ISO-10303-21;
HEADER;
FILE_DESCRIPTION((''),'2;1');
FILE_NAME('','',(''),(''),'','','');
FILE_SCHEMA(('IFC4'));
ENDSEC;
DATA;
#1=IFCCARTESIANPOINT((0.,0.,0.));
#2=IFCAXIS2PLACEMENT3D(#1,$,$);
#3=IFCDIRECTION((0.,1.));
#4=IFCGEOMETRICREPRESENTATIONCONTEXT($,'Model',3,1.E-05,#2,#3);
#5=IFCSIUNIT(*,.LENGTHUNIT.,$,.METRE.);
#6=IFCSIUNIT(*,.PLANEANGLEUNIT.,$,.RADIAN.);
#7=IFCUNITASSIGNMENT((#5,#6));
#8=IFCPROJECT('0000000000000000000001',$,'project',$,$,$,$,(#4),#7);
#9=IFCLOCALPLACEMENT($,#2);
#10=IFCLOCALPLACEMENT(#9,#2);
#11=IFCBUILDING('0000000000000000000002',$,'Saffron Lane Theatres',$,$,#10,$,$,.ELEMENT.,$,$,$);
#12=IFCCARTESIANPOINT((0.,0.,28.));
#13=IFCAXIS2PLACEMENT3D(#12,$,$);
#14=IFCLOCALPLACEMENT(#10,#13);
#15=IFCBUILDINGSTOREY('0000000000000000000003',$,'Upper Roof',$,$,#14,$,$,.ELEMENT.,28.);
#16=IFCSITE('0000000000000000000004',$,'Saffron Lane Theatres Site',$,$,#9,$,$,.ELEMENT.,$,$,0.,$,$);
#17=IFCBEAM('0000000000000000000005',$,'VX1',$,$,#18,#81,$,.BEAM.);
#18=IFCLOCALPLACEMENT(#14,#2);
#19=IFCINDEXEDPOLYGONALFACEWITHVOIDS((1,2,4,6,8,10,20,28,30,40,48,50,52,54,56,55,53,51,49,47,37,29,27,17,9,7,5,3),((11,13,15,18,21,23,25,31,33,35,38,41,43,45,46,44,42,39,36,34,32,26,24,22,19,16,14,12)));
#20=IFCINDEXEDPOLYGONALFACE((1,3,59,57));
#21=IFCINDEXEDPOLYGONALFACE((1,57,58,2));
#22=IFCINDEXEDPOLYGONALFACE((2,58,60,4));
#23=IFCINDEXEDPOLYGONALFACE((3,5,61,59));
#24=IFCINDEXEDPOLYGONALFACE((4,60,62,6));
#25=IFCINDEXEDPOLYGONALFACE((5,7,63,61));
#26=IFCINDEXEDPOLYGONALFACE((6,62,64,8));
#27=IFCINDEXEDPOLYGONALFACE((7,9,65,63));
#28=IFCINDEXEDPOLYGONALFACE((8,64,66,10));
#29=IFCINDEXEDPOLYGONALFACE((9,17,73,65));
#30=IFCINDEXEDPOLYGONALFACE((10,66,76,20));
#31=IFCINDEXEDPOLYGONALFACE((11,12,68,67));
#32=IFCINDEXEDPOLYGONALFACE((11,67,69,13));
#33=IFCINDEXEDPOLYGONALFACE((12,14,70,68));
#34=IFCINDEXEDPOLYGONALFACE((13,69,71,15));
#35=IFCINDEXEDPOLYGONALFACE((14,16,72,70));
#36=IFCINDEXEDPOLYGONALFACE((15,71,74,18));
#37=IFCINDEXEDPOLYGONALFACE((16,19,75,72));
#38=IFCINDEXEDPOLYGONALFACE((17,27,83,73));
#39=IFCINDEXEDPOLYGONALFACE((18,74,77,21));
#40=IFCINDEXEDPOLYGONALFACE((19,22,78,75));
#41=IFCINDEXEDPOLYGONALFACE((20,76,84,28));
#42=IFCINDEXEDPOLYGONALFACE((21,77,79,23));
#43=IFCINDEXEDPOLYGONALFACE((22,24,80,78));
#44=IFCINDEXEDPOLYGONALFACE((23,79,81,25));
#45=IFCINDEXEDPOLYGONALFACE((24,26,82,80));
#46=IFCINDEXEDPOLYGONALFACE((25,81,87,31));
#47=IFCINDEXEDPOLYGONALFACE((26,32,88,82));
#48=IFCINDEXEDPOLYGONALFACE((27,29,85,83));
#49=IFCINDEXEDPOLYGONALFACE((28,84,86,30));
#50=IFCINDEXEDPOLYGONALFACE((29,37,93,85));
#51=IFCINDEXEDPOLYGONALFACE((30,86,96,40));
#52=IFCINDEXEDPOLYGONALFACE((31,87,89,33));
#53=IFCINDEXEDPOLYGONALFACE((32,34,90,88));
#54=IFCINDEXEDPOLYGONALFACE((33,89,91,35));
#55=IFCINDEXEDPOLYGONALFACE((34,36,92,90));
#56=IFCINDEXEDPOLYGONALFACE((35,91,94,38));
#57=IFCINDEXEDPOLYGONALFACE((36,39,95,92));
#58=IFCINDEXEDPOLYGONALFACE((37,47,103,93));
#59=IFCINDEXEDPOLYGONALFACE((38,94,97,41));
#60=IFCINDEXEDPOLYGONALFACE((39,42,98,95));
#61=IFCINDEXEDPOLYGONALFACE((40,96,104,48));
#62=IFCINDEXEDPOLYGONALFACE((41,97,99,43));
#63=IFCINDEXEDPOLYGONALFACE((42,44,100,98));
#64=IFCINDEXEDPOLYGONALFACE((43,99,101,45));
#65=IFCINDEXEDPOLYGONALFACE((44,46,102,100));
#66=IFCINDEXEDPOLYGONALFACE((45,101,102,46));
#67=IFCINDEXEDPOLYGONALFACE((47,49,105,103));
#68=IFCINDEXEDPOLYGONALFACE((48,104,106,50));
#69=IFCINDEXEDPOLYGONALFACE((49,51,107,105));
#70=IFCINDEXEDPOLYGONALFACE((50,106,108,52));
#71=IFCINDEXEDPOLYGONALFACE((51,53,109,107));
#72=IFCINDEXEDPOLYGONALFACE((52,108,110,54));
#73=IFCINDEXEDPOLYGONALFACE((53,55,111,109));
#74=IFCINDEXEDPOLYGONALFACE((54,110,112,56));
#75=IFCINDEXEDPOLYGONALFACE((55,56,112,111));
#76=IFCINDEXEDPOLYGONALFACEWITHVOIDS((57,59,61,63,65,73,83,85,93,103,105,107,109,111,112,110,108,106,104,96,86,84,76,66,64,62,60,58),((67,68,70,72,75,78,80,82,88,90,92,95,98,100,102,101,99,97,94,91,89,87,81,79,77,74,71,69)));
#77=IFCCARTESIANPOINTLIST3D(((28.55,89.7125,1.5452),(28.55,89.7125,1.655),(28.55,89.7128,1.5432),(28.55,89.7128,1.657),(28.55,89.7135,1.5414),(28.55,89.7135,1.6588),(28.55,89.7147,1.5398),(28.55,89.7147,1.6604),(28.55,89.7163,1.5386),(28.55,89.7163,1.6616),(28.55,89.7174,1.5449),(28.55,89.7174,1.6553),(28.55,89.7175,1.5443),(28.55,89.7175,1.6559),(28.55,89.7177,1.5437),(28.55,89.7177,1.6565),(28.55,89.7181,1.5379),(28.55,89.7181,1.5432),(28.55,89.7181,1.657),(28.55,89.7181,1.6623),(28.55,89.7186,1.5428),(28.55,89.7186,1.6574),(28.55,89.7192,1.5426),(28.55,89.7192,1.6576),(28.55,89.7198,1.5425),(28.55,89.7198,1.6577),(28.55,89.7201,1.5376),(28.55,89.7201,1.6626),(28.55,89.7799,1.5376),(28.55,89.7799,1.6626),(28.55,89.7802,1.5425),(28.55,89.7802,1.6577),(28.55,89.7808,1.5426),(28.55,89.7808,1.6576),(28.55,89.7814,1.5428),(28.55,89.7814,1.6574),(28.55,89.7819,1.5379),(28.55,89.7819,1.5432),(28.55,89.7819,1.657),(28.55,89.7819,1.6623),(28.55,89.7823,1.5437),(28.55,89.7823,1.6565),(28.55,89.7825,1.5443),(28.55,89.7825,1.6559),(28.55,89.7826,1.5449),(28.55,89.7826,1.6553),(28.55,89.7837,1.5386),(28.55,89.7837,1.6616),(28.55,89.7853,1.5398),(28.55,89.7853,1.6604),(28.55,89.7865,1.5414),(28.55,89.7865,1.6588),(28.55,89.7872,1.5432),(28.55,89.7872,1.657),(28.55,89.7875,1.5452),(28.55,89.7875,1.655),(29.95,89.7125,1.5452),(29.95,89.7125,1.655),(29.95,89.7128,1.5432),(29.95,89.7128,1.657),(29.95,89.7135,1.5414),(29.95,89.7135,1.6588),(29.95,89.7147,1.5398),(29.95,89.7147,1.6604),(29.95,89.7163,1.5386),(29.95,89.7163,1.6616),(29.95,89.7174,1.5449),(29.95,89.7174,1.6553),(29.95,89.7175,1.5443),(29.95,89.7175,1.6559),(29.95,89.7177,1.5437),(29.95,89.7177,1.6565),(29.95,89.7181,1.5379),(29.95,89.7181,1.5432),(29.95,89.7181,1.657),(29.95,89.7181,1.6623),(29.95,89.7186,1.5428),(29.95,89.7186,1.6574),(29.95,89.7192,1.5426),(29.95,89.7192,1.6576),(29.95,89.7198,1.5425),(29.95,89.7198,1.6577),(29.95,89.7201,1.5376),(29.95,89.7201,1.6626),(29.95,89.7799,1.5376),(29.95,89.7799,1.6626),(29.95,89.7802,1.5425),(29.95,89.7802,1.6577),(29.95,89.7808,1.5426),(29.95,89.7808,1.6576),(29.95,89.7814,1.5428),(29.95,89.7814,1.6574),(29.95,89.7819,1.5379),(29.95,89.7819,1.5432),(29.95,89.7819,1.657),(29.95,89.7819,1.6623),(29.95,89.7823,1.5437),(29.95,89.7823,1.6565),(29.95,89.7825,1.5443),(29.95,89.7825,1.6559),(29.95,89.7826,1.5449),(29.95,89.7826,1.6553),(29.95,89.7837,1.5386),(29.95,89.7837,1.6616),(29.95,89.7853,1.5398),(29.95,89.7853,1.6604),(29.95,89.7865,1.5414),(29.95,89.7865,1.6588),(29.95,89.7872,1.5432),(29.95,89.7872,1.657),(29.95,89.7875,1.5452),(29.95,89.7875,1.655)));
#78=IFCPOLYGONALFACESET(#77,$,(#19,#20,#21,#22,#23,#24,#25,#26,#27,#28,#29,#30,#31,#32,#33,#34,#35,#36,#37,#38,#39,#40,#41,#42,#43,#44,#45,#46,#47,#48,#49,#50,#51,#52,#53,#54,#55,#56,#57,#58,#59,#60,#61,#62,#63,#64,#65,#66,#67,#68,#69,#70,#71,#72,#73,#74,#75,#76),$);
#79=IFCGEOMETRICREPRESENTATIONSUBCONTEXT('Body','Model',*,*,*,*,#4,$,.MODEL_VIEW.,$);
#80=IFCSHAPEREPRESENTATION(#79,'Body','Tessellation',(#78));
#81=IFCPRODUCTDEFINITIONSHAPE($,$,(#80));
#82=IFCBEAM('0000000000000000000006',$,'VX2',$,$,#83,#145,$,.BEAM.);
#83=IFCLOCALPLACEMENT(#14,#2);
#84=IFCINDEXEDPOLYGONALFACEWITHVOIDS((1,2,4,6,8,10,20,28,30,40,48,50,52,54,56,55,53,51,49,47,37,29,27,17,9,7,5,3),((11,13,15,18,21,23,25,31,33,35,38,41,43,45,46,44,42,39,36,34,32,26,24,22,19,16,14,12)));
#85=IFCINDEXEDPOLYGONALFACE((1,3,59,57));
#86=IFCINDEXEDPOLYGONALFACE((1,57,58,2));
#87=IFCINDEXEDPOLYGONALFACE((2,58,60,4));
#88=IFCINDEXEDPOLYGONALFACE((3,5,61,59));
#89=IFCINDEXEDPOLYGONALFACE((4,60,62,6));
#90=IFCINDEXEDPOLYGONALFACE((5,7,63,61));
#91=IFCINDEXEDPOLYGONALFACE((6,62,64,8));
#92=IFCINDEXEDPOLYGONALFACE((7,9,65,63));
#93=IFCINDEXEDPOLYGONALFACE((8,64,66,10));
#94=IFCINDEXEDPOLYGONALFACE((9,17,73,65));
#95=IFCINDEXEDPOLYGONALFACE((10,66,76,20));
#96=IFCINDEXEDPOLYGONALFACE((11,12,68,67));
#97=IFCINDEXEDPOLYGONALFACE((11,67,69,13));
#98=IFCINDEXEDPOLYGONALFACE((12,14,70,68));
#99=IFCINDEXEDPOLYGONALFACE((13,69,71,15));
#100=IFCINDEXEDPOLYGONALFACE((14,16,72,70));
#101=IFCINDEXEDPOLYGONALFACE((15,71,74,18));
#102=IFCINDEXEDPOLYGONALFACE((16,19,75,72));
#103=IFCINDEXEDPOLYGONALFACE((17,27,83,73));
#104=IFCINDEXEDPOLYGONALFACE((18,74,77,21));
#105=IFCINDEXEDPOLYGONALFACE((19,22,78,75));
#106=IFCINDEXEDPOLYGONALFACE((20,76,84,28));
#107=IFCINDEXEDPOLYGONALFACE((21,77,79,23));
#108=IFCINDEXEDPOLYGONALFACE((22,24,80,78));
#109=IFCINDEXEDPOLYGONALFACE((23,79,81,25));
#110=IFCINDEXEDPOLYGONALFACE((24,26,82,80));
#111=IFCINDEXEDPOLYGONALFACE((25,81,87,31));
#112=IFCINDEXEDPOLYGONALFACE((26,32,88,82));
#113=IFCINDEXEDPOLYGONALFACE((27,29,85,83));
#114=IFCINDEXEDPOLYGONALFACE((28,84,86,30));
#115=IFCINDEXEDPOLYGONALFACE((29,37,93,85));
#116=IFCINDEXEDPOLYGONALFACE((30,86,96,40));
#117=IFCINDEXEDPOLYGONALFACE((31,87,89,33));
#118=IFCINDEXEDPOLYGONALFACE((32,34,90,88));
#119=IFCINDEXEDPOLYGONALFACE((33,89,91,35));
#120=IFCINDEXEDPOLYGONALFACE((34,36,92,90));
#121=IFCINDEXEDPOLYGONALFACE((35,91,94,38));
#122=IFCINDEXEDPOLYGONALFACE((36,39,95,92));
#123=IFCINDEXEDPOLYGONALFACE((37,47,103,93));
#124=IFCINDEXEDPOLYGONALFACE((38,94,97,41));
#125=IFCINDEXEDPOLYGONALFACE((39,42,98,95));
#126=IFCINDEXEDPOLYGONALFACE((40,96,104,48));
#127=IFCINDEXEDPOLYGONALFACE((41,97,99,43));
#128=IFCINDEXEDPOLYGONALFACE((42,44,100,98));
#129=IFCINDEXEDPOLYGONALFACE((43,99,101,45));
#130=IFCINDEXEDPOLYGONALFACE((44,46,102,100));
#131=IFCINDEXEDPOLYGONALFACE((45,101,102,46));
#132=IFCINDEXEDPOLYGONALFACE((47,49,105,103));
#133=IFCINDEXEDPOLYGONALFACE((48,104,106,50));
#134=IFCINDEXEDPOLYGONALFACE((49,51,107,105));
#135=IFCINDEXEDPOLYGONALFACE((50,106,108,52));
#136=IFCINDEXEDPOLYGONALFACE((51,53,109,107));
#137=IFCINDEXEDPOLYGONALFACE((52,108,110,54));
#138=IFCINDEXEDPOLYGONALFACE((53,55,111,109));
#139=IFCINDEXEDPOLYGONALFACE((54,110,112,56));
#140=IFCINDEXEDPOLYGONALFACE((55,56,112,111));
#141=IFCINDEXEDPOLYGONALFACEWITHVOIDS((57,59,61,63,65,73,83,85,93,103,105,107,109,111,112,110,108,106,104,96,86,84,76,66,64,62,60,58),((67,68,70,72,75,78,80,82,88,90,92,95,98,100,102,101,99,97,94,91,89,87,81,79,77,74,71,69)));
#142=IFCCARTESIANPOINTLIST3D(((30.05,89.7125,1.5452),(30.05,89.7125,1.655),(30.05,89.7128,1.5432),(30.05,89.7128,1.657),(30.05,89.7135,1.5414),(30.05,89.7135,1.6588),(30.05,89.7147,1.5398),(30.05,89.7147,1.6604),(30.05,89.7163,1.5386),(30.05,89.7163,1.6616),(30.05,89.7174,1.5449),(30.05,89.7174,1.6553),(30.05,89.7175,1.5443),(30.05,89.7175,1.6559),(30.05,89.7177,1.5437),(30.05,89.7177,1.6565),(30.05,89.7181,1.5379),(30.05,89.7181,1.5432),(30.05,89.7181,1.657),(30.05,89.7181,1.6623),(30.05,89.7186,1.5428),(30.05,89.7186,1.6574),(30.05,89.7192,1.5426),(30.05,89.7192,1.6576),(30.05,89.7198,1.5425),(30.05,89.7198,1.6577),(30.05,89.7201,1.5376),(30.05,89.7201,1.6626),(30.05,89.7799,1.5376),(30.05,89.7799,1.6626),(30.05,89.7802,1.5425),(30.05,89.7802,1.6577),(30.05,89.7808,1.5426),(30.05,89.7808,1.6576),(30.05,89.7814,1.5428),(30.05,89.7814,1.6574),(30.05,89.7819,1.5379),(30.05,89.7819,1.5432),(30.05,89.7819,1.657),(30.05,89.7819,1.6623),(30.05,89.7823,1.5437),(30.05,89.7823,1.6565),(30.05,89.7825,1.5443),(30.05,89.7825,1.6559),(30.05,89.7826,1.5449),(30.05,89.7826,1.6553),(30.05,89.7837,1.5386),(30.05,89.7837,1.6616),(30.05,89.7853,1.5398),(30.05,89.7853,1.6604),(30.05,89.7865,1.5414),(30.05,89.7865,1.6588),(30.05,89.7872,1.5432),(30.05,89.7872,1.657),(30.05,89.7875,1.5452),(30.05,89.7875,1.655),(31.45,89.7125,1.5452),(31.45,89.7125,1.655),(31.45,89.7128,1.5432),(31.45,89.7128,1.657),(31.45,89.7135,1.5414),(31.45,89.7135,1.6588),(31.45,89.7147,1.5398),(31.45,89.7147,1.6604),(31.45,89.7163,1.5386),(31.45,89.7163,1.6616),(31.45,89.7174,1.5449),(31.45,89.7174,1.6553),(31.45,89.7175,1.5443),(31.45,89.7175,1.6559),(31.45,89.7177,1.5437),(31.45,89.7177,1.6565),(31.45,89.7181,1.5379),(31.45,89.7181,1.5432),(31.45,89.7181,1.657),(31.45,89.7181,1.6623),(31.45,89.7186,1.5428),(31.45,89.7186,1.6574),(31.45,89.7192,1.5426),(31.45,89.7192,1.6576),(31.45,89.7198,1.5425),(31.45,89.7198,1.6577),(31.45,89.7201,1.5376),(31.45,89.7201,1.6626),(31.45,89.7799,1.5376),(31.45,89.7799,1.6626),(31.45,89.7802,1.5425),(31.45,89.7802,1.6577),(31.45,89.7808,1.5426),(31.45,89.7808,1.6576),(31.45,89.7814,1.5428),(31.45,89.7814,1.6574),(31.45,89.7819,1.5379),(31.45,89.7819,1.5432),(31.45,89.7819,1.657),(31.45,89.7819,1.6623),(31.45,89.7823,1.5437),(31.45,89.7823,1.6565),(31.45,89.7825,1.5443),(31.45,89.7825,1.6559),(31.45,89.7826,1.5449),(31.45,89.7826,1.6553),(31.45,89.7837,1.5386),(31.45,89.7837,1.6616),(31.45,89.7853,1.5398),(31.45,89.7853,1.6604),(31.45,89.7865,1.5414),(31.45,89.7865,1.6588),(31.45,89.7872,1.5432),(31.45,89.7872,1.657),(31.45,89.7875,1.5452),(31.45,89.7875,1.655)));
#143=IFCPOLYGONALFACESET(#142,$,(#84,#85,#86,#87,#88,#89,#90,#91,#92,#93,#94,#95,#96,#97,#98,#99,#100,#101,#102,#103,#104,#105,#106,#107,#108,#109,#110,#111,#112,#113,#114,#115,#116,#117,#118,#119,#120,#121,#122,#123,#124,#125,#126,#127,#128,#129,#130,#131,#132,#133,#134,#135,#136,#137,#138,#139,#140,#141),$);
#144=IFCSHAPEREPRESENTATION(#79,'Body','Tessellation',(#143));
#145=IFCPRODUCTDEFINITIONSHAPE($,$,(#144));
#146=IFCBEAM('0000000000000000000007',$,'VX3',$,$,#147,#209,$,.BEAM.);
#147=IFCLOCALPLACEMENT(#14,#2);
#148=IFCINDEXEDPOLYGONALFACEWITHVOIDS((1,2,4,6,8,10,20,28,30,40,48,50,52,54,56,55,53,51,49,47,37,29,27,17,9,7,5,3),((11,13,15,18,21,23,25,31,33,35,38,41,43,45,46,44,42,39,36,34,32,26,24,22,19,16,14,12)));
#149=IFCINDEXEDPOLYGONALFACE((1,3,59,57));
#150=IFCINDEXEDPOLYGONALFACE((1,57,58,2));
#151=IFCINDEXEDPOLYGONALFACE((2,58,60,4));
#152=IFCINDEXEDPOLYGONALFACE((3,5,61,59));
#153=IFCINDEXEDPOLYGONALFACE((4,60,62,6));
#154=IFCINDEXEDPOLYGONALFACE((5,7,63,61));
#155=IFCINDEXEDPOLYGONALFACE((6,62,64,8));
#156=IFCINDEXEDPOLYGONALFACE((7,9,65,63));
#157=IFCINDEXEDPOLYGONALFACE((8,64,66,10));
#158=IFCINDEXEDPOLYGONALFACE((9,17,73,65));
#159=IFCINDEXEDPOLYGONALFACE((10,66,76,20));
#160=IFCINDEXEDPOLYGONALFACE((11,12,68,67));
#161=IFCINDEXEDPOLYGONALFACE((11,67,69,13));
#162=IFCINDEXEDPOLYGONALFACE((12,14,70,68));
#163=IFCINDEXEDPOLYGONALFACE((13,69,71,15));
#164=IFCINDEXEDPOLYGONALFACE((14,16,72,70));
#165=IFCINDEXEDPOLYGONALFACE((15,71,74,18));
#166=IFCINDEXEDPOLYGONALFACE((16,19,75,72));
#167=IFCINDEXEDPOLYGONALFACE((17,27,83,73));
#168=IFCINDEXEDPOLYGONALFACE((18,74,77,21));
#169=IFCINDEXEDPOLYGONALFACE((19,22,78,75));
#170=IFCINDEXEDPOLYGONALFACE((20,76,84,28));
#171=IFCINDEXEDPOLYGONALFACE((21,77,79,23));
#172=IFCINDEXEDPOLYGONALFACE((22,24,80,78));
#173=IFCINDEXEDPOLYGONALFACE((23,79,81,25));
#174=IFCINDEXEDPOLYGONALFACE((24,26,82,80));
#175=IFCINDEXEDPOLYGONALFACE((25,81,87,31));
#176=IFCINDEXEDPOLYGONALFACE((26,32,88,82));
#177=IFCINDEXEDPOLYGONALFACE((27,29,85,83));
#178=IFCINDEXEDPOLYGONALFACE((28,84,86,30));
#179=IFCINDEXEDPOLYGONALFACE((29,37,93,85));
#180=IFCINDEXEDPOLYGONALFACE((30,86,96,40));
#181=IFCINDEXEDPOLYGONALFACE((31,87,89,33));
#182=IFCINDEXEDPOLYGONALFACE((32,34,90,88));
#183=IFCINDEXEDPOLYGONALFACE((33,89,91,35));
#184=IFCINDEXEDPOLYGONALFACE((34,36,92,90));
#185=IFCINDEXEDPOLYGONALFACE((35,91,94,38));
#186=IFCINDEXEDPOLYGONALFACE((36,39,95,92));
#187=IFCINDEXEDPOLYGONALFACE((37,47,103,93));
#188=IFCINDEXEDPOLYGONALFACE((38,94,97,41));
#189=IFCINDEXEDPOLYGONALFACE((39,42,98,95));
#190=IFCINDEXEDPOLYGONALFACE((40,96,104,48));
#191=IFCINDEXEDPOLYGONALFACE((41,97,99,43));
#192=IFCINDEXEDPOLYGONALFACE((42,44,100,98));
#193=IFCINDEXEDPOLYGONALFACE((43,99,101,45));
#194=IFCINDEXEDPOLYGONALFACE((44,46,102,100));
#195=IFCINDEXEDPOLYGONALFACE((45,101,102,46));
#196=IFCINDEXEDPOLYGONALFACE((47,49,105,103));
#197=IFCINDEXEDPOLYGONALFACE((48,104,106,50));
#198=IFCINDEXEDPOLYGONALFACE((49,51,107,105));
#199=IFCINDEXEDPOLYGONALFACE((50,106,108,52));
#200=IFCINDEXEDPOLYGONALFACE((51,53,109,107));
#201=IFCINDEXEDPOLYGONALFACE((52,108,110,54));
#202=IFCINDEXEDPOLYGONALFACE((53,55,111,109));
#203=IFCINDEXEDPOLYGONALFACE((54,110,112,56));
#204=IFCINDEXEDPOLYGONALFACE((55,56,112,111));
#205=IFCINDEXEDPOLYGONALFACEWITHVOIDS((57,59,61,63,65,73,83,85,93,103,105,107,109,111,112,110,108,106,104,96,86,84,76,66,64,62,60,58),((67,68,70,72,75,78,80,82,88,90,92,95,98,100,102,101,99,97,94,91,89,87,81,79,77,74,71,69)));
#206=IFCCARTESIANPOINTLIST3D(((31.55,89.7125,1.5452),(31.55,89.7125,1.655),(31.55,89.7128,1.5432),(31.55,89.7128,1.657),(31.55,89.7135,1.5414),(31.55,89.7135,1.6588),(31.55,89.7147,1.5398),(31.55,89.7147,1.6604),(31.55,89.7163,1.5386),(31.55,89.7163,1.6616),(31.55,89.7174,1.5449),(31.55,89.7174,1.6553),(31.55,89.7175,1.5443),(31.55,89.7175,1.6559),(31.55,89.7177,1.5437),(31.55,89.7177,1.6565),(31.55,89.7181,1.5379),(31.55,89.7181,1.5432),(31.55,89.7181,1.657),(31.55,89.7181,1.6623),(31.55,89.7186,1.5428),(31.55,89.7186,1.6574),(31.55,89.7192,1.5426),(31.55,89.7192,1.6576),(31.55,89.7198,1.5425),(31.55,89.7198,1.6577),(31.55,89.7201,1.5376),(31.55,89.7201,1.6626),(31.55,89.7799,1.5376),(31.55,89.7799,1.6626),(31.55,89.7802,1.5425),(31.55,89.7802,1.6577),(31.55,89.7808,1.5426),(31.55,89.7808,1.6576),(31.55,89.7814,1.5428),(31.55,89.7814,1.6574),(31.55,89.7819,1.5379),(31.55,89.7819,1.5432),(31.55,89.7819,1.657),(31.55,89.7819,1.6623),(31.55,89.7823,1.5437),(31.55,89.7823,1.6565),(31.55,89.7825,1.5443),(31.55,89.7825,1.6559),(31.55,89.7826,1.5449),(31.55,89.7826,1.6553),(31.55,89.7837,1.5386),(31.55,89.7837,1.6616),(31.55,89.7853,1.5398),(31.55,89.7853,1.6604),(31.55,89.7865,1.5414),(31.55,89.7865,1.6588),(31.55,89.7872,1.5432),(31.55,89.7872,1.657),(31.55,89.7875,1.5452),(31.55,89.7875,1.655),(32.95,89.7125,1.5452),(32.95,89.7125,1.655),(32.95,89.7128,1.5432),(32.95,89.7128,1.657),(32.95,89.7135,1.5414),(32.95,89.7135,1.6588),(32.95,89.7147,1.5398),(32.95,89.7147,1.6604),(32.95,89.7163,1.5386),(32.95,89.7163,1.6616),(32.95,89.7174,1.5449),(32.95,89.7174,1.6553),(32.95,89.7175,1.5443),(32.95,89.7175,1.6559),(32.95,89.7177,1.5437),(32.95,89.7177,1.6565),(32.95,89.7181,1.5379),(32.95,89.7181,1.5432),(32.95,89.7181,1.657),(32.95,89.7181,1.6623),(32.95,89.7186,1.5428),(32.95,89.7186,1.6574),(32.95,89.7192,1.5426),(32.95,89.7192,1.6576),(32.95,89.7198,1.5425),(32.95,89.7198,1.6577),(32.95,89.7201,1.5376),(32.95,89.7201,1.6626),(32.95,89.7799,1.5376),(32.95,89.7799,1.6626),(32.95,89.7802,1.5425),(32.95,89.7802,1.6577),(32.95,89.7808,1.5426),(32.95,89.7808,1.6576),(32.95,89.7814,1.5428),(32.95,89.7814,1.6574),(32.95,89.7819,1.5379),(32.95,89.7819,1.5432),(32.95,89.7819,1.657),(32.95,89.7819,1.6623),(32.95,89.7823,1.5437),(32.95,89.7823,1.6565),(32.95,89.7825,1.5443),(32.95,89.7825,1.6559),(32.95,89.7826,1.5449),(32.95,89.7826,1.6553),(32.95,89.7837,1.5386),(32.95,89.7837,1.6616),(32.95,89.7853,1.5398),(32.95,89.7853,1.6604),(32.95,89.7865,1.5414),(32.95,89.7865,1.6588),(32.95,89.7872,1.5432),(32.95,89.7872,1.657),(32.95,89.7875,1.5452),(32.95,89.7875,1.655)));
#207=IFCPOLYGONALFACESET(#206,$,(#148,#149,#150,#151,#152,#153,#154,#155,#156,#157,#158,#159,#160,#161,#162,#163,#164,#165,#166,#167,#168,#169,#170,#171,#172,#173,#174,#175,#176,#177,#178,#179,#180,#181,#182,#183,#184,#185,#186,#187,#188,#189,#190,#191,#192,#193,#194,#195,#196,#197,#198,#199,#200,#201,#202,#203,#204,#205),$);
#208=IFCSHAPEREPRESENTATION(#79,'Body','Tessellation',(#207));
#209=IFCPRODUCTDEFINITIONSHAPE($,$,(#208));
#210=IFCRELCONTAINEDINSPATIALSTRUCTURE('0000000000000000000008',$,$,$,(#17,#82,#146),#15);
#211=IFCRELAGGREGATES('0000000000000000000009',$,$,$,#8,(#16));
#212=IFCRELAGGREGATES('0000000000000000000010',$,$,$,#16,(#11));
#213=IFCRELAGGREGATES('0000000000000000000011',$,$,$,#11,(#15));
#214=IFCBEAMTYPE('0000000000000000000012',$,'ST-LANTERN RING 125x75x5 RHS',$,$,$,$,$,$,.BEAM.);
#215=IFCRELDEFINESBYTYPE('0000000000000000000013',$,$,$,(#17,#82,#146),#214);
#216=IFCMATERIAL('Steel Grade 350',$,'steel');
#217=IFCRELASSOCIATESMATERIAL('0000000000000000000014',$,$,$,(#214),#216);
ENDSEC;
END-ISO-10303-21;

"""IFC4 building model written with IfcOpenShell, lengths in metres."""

from ifc_helpers import new_model, si_unit, direction, frame, origin, origin_2d, place, context, subcontext, project, spatial, hollow_rectangle, extrude, material, material_profile, profile_set, type_object, element, save


model = new_model("IFC4")

# Units and contexts
model_context = context("Model", 3, precision=1e-05, world=origin(), true_north=direction((0.0, 1.0)))
body_context = subcontext(model_context, "Body", "Model", "MODEL_VIEW")
ifc_project = project(units=[si_unit("LENGTHUNIT", "METRE"), si_unit("PLANEANGLEUNIT", "RADIAN")], contexts=[model_context])

# Site, building, storey
site_placement = place(None, origin())
site = spatial("IfcSite", under=ifc_project, at=site_placement, Name="Saffron Lane Theatres Site", CompositionType="ELEMENT", RefElevation=0.0)
building_placement = place(site_placement, origin())
building = spatial("IfcBuilding", under=site, at=building_placement, Name="Saffron Lane Theatres", CompositionType="ELEMENT")
storey_placement = place(building_placement, frame((0.0, 0.0, 28.0)))
storey = spatial("IfcBuildingStorey", under=building, at=storey_placement, Name="Upper Roof", CompositionType="ELEMENT", Elevation=28.0)

# Beams
ifc_material_1 = material(Name="Steel Grade 350", Category="steel")
ifc_material_profile_1 = material_profile(ifc_material_1, hollow_rectangle(XDim=0.075, YDim=0.125, WallThickness=0.0049, InnerFilletRadius=0.0024, OuterFilletRadius=0.0076, at=origin_2d()))
ifc_profile_set_1 = profile_set([ifc_material_profile_1], Name="Steel Grade 350")
beam_type_1 = type_object("IfcBeamType", Name="ST-LANTERN RING 125x75x5 RHS", PredefinedType="BEAM", material=ifc_profile_set_1)
for number, where, z_axis, x_axis, name in (
    (1, (28.55, 89.75, 1.6001), (1.0, 0.0, 0.0), (0.0, 1.0, 0.0), "VX1"),
    (2, (30.05, 89.75, 1.6001), (1.0, 0.0, 0.0), (0.0, 1.0, 0.0), "VX2"),
    (3, (31.55, 89.75, 1.6001), (1.0, 0.0, 0.0), (0.0, 1.0, 0.0), "VX3"),
):
    element("IfcBeam", number, at=place(storey_placement, frame(where, z_axis=z_axis, x_axis=x_axis)), inside=storey, type_object=beam_type_1, Name=name, PredefinedType="BEAM", context=body_context, shape_type="SweptSolid", body=[
        extrude(hollow_rectangle(XDim=0.075, YDim=0.125, WallThickness=0.0049, InnerFilletRadius=0.0024, OuterFilletRadius=0.0076, at=origin_2d()), origin(), (0.0, 0.0, 1.0), 1.3999),
    ])

save(model, "model.ifc")
